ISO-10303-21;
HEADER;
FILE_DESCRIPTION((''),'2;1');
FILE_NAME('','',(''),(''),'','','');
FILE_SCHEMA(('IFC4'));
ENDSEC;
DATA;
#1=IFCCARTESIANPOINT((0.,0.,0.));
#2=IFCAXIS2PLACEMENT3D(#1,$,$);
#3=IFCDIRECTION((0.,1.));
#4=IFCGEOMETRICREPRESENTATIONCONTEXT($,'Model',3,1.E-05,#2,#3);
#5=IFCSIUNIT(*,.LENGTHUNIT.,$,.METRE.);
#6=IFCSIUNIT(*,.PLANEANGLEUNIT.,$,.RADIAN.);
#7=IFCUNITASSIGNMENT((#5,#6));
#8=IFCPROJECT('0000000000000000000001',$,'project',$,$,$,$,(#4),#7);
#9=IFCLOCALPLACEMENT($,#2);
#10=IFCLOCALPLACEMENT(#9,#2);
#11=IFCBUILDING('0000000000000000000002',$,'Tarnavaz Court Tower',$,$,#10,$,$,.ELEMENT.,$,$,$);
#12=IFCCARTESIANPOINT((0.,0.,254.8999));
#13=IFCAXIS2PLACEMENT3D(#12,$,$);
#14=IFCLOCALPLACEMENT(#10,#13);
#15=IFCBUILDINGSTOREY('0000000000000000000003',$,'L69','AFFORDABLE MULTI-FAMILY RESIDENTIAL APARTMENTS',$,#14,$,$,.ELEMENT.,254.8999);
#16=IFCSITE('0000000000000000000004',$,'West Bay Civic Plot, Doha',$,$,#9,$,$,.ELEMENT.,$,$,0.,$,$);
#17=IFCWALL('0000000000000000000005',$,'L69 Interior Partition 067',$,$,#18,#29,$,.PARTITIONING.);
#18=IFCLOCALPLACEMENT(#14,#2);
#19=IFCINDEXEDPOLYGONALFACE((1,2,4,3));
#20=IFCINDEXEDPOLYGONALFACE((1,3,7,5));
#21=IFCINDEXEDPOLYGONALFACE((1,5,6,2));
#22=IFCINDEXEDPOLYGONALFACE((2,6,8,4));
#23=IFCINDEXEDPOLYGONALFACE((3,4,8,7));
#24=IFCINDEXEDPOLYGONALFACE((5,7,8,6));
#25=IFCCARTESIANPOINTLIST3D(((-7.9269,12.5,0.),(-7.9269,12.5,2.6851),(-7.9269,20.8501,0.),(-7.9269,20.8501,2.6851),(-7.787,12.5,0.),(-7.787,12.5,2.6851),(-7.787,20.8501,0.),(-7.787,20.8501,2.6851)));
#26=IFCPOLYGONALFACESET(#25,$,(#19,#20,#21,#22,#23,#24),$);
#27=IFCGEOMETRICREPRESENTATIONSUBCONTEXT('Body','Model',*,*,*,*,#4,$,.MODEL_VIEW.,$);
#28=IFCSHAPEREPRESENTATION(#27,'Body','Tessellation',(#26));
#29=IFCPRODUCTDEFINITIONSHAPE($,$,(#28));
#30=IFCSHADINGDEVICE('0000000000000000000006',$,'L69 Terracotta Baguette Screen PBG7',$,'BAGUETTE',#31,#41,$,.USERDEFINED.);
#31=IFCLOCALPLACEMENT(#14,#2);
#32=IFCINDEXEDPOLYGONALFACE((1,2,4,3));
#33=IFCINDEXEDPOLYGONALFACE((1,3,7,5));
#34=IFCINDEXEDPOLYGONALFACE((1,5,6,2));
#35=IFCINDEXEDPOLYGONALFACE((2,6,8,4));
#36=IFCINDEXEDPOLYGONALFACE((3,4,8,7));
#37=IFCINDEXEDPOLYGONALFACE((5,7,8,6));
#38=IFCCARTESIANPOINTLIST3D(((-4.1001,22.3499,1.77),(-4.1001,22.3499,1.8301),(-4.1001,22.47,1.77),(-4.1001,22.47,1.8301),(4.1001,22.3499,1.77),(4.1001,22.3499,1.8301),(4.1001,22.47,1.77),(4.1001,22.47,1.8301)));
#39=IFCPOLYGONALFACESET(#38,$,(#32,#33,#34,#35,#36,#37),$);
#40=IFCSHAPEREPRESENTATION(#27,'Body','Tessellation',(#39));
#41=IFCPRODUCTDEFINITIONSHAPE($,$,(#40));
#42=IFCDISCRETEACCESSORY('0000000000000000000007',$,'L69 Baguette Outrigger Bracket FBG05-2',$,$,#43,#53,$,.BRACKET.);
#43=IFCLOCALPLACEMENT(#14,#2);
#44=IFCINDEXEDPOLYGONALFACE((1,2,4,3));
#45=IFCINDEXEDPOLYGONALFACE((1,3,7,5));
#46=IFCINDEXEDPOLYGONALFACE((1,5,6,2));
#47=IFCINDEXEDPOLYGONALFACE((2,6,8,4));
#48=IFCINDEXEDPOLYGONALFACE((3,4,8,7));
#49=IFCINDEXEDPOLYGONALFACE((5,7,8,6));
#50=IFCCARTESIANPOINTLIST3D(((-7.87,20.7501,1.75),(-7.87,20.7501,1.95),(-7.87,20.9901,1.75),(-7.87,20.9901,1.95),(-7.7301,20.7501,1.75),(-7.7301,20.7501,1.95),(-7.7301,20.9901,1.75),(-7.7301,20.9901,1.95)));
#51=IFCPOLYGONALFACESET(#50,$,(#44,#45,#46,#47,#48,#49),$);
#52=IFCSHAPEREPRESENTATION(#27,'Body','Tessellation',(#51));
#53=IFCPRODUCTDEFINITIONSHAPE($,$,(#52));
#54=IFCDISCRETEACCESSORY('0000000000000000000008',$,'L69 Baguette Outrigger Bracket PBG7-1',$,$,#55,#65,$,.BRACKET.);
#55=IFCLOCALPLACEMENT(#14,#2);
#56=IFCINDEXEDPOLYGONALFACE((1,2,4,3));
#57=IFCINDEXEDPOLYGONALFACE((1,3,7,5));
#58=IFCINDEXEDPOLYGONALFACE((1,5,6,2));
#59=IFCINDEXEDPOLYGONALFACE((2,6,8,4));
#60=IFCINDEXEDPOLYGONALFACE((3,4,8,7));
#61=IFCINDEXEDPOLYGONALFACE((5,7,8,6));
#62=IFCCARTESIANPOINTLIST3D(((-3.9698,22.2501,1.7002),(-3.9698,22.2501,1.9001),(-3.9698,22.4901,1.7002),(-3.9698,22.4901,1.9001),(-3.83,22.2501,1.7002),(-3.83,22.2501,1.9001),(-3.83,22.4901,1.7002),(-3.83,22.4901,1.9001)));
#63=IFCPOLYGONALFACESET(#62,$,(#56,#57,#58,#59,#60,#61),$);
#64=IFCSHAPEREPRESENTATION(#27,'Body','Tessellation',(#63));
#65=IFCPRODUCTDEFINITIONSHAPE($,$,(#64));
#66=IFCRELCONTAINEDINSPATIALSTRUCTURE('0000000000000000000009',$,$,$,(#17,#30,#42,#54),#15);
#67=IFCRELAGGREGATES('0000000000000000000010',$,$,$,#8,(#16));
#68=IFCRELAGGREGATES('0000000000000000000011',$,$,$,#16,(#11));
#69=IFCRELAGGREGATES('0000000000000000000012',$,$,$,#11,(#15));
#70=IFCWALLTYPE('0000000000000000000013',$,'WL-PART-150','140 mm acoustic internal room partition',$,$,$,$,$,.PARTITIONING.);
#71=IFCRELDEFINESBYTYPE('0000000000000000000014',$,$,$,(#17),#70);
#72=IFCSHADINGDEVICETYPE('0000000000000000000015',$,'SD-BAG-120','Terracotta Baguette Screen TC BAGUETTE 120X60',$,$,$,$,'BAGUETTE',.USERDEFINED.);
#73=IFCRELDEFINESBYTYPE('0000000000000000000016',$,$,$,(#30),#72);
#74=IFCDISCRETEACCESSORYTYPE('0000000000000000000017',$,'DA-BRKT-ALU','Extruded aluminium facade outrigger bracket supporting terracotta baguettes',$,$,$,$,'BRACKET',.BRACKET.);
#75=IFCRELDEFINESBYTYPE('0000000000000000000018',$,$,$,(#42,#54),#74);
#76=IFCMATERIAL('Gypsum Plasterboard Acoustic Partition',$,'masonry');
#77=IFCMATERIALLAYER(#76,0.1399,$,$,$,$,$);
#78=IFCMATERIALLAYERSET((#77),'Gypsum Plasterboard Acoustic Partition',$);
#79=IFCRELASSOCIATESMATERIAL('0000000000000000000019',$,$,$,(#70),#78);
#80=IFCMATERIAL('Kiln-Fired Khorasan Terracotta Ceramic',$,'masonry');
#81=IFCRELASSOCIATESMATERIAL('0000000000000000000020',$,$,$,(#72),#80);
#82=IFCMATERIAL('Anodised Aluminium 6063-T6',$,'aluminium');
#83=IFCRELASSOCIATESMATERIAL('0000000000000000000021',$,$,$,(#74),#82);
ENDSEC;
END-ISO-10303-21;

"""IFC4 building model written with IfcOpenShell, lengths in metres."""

from ifc_helpers import new_model, si_unit, direction, frame, frame_2d, origin, origin_2d, place, context, subcontext, project, spatial, rectangle, extrude, material, layer, layer_set, material_profile, profile_set, type_object, element, save


model = new_model("IFC4")

# Units and contexts
model_context = context("Model", 3, precision=1e-05, world=origin(), true_north=direction((0.0, 1.0)))
body_context = subcontext(model_context, "Body", "Model", "MODEL_VIEW")
ifc_project = project(units=[si_unit("LENGTHUNIT", "METRE"), si_unit("PLANEANGLEUNIT", "RADIAN")], contexts=[model_context])

# Site, building, storey
site_placement = place(None, origin())
site = spatial("IfcSite", under=ifc_project, at=site_placement, Name="West Bay Civic Plot, Doha", CompositionType="ELEMENT", RefElevation=0.0)
building_placement = place(site_placement, origin())
building = spatial("IfcBuilding", under=site, at=building_placement, Name="Tarnavaz Court Tower", CompositionType="ELEMENT")
storey_placement = place(building_placement, frame((0.0, 0.0, 254.8999)))
storey = spatial("IfcBuildingStorey", under=building, at=storey_placement, Name="L69", Description="AFFORDABLE MULTI-FAMILY RESIDENTIAL APARTMENTS", CompositionType="ELEMENT", Elevation=254.8999)

# Shared definitions
ifc_material_1 = material(Name="Anodised Aluminium 6063-T6", Category="aluminium")

# Shared definitions
ifc_material_2 = material(Name="Gypsum Plasterboard Acoustic Partition", Category="masonry")
ifc_layer_1 = layer(ifc_material_2, 0.1399)
ifc_layer_set_1 = layer_set([ifc_layer_1], Name="Gypsum Plasterboard Acoustic Partition")
wall_type_1 = type_object("IfcWallType", Name="WL-PART-150", Description="140 mm acoustic internal room partition", PredefinedType="PARTITIONING", material=ifc_layer_set_1)

# Wall
wall_1_placement = place(storey_placement, frame((-7.8569, 12.5, 0.0), z_axis=(0.0, 0.0, 1.0), x_axis=(0.0, 1.0, 0.0)))
element("IfcWall", 1, at=wall_1_placement, inside=storey, type_object=wall_type_1, Name="L69 Interior Partition 067", PredefinedType="PARTITIONING", context=body_context, shape_type="SweptSolid", body=[
    extrude(rectangle(XDim=8.3501, YDim=0.1399, at=frame_2d((4.175, 0.0))), origin(), (0.0, 0.0, 1.0), 2.6851),
])

# Shading device
ifc_material_3 = material(Name="Kiln-Fired Khorasan Terracotta Ceramic", Category="masonry")
ifc_material_profile_1 = material_profile(ifc_material_3, rectangle(XDim=0.1201, YDim=0.0601, at=origin_2d()), Name="TC BAGUETTE 120X60")
ifc_profile_set_1 = profile_set([ifc_material_profile_1], Name="Kiln-Fired Khorasan Terracotta Ceramic")
shading_device_type = type_object("IfcShadingDeviceType", Name="SD-BAG-120", Description="Terracotta Baguette Screen TC BAGUETTE 120X60", ElementType="BAGUETTE", PredefinedType="USERDEFINED", material=ifc_profile_set_1)
shading_device_placement = place(storey_placement, frame((-4.1001, 22.4099, 1.8), z_axis=(1.0, 0.0, 0.0), x_axis=(0.0, 1.0, 0.0)))
element("IfcShadingDevice", 2, at=shading_device_placement, inside=storey, type_object=shading_device_type, Name="L69 Terracotta Baguette Screen PBG7", ObjectType="BAGUETTE", PredefinedType="USERDEFINED", context=body_context, shape_type="SweptSolid", body=[
    extrude(rectangle(XDim=0.1201, YDim=0.0601, at=origin_2d()), origin(), (0.0, 0.0, 1.0), 8.2002),
])

# Discrete accessories
discrete_accessory_type = type_object("IfcDiscreteAccessoryType", Name="DA-BRKT-ALU", Description="Extruded aluminium facade outrigger bracket supporting terracotta baguettes", ElementType="BRACKET", PredefinedType="BRACKET", material=ifc_material_1)
for number, where, z_axis, x_axis, name in (
    (3, (-7.8, 20.8701, 1.75), (0.0, 0.0, 1.0), (1.0, 0.0, 0.0), "L69 Baguette Outrigger Bracket FBG05-2"),
    (4, (-3.8999, 22.3701, 1.7002), (0.0, 0.0, 1.0), (1.0, 0.0, 0.0), "L69 Baguette Outrigger Bracket PBG7-1"),
):
    element("IfcDiscreteAccessory", number, at=place(storey_placement, frame(where, z_axis=z_axis, x_axis=x_axis)), inside=storey, type_object=discrete_accessory_type, Name=name, PredefinedType="BRACKET", context=body_context, shape_type="SweptSolid", body=[
        extrude(rectangle(XDim=0.1399, YDim=0.24, at=origin_2d()), origin(), (0.0, 0.0, 1.0), 0.2),
    ])

save(model, "model.ifc")
